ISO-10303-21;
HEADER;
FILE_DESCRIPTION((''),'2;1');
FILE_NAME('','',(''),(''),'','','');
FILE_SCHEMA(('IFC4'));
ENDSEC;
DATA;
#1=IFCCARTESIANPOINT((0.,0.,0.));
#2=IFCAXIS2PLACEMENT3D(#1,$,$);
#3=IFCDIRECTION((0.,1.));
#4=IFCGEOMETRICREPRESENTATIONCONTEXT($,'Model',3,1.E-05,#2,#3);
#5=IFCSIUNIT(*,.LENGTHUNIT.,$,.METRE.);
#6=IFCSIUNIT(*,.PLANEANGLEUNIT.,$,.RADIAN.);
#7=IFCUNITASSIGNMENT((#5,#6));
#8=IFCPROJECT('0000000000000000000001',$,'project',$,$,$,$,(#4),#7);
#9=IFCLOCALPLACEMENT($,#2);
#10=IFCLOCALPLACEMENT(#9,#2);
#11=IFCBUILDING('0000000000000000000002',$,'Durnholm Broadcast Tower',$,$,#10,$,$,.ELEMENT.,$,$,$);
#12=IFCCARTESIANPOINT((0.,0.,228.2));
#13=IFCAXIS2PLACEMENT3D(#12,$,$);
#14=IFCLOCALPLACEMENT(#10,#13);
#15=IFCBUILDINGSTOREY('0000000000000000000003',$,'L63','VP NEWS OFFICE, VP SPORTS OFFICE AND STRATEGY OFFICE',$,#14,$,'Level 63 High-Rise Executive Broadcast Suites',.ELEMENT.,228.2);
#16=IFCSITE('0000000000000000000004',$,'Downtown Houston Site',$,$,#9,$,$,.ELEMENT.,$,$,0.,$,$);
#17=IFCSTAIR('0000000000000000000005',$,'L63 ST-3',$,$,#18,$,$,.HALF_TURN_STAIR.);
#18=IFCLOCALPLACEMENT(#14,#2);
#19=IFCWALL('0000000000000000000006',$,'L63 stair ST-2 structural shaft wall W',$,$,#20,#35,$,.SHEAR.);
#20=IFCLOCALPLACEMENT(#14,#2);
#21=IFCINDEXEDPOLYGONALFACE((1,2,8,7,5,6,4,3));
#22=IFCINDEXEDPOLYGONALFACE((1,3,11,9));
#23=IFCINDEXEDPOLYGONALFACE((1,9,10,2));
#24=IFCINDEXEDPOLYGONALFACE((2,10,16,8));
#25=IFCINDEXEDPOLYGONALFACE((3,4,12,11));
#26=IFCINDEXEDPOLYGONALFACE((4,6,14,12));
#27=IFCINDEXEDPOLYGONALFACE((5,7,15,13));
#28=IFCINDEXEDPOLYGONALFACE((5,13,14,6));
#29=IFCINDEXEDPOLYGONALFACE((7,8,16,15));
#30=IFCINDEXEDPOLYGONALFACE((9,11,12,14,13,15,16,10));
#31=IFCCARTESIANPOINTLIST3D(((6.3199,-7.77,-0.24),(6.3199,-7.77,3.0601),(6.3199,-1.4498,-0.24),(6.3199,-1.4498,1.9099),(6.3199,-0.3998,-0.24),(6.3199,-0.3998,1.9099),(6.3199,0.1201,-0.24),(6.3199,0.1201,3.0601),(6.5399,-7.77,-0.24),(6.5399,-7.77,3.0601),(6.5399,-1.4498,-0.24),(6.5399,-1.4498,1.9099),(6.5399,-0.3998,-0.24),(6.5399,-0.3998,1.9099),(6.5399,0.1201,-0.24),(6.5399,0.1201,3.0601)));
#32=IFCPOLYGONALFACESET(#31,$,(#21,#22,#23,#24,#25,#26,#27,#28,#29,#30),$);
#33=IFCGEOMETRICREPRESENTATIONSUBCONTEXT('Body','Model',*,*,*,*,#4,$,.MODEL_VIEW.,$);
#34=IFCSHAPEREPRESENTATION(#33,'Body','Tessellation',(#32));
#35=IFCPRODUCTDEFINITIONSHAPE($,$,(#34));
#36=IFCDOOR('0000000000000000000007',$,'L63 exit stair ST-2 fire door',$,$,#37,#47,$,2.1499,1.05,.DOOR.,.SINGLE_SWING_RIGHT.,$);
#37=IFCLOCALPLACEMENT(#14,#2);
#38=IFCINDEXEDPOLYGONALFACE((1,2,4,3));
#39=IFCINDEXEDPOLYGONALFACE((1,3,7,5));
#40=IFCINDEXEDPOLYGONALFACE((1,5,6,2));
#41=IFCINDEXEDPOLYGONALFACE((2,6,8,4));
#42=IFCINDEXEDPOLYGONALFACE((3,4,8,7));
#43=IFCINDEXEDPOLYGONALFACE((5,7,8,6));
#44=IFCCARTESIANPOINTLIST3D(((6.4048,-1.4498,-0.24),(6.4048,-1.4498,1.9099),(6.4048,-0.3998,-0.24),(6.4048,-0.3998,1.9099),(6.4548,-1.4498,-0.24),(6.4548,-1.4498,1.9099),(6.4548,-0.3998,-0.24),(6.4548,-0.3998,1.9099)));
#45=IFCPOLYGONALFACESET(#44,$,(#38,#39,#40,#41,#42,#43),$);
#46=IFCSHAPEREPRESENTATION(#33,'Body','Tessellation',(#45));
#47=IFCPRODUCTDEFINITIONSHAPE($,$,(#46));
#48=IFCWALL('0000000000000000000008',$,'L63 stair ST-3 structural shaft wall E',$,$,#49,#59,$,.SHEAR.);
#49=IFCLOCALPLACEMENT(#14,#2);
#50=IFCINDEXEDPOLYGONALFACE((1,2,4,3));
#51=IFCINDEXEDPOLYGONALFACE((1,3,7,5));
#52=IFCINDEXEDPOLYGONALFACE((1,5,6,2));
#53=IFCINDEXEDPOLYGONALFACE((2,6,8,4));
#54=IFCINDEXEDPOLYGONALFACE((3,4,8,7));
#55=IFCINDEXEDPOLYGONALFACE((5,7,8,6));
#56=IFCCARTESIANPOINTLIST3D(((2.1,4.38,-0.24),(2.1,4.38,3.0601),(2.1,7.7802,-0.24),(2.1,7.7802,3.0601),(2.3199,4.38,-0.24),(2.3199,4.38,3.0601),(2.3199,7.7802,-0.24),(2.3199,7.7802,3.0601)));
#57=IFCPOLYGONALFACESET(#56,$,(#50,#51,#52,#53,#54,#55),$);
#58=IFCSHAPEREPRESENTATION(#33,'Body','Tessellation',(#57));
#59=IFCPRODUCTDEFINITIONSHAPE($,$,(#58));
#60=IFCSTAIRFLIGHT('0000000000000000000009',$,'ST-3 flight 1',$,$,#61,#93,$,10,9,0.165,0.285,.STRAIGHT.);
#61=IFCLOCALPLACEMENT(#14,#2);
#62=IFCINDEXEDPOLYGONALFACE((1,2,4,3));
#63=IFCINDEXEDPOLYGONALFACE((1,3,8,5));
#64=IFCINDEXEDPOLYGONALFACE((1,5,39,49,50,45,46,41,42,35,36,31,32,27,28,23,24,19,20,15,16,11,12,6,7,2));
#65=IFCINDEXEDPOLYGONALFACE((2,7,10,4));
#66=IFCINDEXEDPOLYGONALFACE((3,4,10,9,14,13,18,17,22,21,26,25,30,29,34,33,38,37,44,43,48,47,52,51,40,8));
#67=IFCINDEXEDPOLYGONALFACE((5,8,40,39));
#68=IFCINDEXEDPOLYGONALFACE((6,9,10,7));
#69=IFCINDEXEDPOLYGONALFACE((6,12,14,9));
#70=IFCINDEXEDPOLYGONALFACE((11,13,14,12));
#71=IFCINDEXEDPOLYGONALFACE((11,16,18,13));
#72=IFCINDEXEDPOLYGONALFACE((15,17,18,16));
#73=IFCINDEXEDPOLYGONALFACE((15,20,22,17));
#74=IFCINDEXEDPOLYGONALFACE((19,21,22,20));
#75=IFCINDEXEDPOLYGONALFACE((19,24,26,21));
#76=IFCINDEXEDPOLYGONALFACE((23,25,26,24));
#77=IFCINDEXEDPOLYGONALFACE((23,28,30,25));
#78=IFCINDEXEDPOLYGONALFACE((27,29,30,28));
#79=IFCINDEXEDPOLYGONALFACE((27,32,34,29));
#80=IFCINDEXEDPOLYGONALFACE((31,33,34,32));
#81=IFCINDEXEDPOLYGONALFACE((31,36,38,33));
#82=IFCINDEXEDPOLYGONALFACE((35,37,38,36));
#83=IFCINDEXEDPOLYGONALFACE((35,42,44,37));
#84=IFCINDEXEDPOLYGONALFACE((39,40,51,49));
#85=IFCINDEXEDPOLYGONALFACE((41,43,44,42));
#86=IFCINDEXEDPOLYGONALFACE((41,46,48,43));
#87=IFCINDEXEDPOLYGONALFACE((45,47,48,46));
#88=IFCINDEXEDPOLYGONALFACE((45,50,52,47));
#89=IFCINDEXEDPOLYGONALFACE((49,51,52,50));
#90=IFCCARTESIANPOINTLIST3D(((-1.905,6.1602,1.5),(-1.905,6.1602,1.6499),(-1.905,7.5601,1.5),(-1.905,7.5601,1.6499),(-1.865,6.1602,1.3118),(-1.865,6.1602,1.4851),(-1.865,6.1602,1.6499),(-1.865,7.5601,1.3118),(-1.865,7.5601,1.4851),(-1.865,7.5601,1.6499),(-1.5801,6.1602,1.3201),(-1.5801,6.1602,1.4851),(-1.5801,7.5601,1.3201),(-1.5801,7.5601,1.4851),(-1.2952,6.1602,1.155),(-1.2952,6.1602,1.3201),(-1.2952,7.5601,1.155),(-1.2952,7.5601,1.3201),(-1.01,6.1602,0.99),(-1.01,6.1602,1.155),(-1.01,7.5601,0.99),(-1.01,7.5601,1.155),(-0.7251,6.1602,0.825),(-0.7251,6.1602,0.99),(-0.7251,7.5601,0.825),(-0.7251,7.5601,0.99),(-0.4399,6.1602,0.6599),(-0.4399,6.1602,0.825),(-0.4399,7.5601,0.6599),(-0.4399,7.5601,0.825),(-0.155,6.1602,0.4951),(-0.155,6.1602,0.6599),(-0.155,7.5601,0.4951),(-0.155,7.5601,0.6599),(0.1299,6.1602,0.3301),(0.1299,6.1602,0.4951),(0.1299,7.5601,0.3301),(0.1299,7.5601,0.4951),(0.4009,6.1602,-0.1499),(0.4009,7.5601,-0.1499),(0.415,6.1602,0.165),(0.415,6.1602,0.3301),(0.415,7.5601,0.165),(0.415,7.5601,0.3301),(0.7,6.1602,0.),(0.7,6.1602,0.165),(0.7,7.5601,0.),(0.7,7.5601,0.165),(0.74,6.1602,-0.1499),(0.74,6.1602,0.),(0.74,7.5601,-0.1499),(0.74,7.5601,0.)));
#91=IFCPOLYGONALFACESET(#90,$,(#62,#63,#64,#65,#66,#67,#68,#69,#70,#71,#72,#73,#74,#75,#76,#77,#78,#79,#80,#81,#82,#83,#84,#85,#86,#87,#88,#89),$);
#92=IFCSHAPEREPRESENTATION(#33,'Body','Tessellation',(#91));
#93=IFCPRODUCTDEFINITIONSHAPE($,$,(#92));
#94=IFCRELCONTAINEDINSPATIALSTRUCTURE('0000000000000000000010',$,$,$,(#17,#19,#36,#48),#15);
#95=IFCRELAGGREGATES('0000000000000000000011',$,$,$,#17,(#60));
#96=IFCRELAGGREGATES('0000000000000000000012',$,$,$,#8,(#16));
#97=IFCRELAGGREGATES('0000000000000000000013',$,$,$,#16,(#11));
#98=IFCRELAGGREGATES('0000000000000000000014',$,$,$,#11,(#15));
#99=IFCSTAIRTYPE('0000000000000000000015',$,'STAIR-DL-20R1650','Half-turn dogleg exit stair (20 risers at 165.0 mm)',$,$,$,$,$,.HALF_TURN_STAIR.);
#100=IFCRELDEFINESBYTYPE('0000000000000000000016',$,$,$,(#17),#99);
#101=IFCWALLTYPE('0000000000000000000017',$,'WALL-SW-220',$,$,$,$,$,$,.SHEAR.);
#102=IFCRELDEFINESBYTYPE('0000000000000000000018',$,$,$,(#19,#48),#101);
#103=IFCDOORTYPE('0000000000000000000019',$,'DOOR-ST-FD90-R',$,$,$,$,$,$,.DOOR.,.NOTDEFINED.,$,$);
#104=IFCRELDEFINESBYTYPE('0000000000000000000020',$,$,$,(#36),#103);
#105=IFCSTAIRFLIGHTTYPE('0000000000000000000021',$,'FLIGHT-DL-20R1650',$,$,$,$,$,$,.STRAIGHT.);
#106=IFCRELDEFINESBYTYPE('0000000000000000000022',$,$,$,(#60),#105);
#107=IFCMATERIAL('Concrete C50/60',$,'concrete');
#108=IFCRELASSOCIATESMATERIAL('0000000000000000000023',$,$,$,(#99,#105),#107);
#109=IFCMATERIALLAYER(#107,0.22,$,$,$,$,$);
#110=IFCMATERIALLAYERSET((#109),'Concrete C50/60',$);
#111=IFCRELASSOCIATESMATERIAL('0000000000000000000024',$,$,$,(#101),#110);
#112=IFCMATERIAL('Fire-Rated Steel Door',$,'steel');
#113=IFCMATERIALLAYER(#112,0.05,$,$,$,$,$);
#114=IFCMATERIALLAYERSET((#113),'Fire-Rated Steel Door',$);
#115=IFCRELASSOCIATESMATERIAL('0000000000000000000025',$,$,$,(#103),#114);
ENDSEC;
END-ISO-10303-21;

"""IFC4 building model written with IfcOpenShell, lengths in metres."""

from ifc_helpers import new_model, si_unit, direction, frame, frame_2d, origin, place, context, subcontext, project, spatial, polyline, rectangle, outline, extrude, source, transform, mapped, material, layer, layer_set, type_object, type_shapes, element, fill, aggregate, save


model = new_model("IFC4")

# Units and contexts
model_context = context("Model", 3, precision=1e-05, world=origin(), true_north=direction((0.0, 1.0)))
body_context = subcontext(model_context, "Body", "Model", "MODEL_VIEW")
ifc_project = project(units=[si_unit("LENGTHUNIT", "METRE"), si_unit("PLANEANGLEUNIT", "RADIAN")], contexts=[model_context])

# Site, building, storey
site_placement = place(None, origin())
site = spatial("IfcSite", under=ifc_project, at=site_placement, Name="Downtown Houston Site", CompositionType="ELEMENT", RefElevation=0.0)
building_placement = place(site_placement, origin())
building = spatial("IfcBuilding", under=site, at=building_placement, Name="Durnholm Broadcast Tower", CompositionType="ELEMENT")
storey_placement = place(building_placement, frame((0.0, 0.0, 228.2)))
storey = spatial("IfcBuildingStorey", under=building, at=storey_placement, Name="L63", Description="VP NEWS OFFICE, VP SPORTS OFFICE AND STRATEGY OFFICE", LongName="Level 63 High-Rise Executive Broadcast Suites", CompositionType="ELEMENT", Elevation=228.2)

# Stair
ifc_material_1 = material(Name="Concrete C50/60", Category="concrete")
stair_type = type_object("IfcStairType", Name="STAIR-DL-20R1650", Description="Half-turn dogleg exit stair (20 risers at 165.0 mm)", PredefinedType="HALF_TURN_STAIR", material=ifc_material_1)
stair_placement = place(storey_placement, origin())
stair = element("IfcStair", 1, at=stair_placement, inside=storey, type_object=stair_type, Name="L63 ST-3", PredefinedType="HALF_TURN_STAIR")

# Wall, opening, door
ifc_layer_1 = layer(ifc_material_1, 0.22)
ifc_layer_set_1 = layer_set([ifc_layer_1], Name="Concrete C50/60")
wall_type_1 = type_object("IfcWallType", Name="WALL-SW-220", PredefinedType="SHEAR", material=ifc_layer_set_1)
wall_1_placement = place(storey_placement, frame((6.4299, 0.1201, -0.24), z_axis=(0.0, 0.0, 1.0), x_axis=(0.0, -1.0, 0.0)))
wall_1 = element("IfcWall", 2, at=wall_1_placement, inside=storey, type_object=wall_type_1, Name="L63 stair ST-2 structural shaft wall W", PredefinedType="SHEAR", context=body_context, shape_type="SweptSolid", body=[
    extrude(rectangle(XDim=7.8901, YDim=0.22, at=frame_2d((3.9451, 0.0))), origin(), (0.0, 0.0, 1.0), 3.3),
])
opening_1_placement = place(wall_1_placement, frame((0.52, 0.0, 0.0)))
opening_1 = element("IfcOpeningElement", 3, at=opening_1_placement, cuts=wall_1, PredefinedType="OPENING", context=body_context, shape_type="SweptSolid", body=[
    extrude(rectangle(XDim=1.05, YDim=2.1499, at=frame_2d((0.5249, 1.075))), frame((0.0, 0.1201, 0.0), z_axis=(0.0, -1.0, 0.0), x_axis=(1.0, 0.0, 0.0)), (0.0, 0.0, 1.0), 0.24),
])
ifc_material_2 = material(Name="Fire-Rated Steel Door", Category="steel")
ifc_layer_2 = layer(ifc_material_2, 0.05)
ifc_layer_set_2 = layer_set([ifc_layer_2], Name="Fire-Rated Steel Door")
door_type_1 = type_object("IfcDoorType", Name="DOOR-ST-FD90-R", OperationType="NOTDEFINED", PredefinedType="DOOR", material=ifc_layer_set_2)
shared_shape_1 = source(origin(), body_context, "Body", "SweptSolid", [
    extrude(rectangle(XDim=1.05, YDim=2.1499, at=frame_2d((0.5249, 1.075))), frame((0.0, 0.0249, 0.0), z_axis=(0.0, -1.0, 0.0), x_axis=(1.0, 0.0, 0.0)), (0.0, 0.0, 1.0), 0.05),
])
type_shapes(door_type_1, [shared_shape_1])
door_1_placement = place(opening_1_placement, origin())
door_1 = element("IfcDoor", 4, at=door_1_placement, inside=storey, type_object=door_type_1, Name="L63 exit stair ST-2 fire door", OperationType="SINGLE_SWING_RIGHT", OverallHeight=2.1499, OverallWidth=1.05, PredefinedType="DOOR", context=body_context, shape_type="MappedRepresentation", body=[
    mapped(shared_shape_1, transform((0.0, 0.0, 0.0), x_axis=(1.0, 0.0, 0.0), y_axis=(0.0, 1.0, 0.0), z_axis=(0.0, 0.0, 1.0), scale=1.0)),
])
fill(opening_1, door_1)

# Wall
wall_2_placement = place(storey_placement, frame((2.21, 4.3799, -0.24), z_axis=(0.0, 0.0, 1.0), x_axis=(0.0, 1.0, 0.0)))
element("IfcWall", 5, at=wall_2_placement, inside=storey, type_object=wall_type_1, Name="L63 stair ST-3 structural shaft wall E", PredefinedType="SHEAR", context=body_context, shape_type="SweptSolid", body=[
    extrude(rectangle(XDim=3.4001, YDim=0.22, at=frame_2d((1.7002, 0.0))), origin(), (0.0, 0.0, 1.0), 3.3),
])

# Stair flight
stair_flight_type = type_object("IfcStairFlightType", Name="FLIGHT-DL-20R1650", PredefinedType="STRAIGHT", material=ifc_material_1)
stair_flight_placement = place(storey_placement, frame((0.7, 6.8601, 0.0), z_axis=(0.0, 0.0, 1.0), x_axis=(-1.0, 0.0, 0.0)))
stair_flight = element("IfcStairFlight", 6, at=stair_flight_placement, type_object=stair_flight_type, Name="ST-3 flight 1", NumberOfRisers=10, NumberOfTreads=9, PredefinedType="STRAIGHT", RiserHeight=0.165, TreadLength=0.285, context=body_context, shape_type="SweptSolid", body=[
    extrude(outline(polyline([(-0.04, -0.1499), (-0.04, 0.0), (0.0, 0.0), (0.0, 0.165), (0.2849, 0.165), (0.2849, 0.3301), (0.5701, 0.3301), (0.5701, 0.4951), (0.855, 0.4951), (0.855, 0.6599), (1.1399, 0.6599), (1.1399, 0.825), (1.425, 0.825), (1.425, 0.99), (1.71, 0.99), (1.71, 1.155), (1.9951, 1.155), (1.9951, 1.3201), (2.28, 1.3201), (2.28, 1.4851), (2.5649, 1.4851), (2.5649, 1.6499), (2.605, 1.6499), (2.605, 1.5), (2.5649, 1.3118), (0.2991, -0.1499), (-0.04, -0.1499)])), frame((0.0, 0.7, 0.0), z_axis=(0.0, -1.0, 0.0), x_axis=(1.0, 0.0, 0.0)), (0.0, 0.0, 1.0), 1.3999),
])
aggregate(stair, [stair_flight])

save(model, "model.ifc")
